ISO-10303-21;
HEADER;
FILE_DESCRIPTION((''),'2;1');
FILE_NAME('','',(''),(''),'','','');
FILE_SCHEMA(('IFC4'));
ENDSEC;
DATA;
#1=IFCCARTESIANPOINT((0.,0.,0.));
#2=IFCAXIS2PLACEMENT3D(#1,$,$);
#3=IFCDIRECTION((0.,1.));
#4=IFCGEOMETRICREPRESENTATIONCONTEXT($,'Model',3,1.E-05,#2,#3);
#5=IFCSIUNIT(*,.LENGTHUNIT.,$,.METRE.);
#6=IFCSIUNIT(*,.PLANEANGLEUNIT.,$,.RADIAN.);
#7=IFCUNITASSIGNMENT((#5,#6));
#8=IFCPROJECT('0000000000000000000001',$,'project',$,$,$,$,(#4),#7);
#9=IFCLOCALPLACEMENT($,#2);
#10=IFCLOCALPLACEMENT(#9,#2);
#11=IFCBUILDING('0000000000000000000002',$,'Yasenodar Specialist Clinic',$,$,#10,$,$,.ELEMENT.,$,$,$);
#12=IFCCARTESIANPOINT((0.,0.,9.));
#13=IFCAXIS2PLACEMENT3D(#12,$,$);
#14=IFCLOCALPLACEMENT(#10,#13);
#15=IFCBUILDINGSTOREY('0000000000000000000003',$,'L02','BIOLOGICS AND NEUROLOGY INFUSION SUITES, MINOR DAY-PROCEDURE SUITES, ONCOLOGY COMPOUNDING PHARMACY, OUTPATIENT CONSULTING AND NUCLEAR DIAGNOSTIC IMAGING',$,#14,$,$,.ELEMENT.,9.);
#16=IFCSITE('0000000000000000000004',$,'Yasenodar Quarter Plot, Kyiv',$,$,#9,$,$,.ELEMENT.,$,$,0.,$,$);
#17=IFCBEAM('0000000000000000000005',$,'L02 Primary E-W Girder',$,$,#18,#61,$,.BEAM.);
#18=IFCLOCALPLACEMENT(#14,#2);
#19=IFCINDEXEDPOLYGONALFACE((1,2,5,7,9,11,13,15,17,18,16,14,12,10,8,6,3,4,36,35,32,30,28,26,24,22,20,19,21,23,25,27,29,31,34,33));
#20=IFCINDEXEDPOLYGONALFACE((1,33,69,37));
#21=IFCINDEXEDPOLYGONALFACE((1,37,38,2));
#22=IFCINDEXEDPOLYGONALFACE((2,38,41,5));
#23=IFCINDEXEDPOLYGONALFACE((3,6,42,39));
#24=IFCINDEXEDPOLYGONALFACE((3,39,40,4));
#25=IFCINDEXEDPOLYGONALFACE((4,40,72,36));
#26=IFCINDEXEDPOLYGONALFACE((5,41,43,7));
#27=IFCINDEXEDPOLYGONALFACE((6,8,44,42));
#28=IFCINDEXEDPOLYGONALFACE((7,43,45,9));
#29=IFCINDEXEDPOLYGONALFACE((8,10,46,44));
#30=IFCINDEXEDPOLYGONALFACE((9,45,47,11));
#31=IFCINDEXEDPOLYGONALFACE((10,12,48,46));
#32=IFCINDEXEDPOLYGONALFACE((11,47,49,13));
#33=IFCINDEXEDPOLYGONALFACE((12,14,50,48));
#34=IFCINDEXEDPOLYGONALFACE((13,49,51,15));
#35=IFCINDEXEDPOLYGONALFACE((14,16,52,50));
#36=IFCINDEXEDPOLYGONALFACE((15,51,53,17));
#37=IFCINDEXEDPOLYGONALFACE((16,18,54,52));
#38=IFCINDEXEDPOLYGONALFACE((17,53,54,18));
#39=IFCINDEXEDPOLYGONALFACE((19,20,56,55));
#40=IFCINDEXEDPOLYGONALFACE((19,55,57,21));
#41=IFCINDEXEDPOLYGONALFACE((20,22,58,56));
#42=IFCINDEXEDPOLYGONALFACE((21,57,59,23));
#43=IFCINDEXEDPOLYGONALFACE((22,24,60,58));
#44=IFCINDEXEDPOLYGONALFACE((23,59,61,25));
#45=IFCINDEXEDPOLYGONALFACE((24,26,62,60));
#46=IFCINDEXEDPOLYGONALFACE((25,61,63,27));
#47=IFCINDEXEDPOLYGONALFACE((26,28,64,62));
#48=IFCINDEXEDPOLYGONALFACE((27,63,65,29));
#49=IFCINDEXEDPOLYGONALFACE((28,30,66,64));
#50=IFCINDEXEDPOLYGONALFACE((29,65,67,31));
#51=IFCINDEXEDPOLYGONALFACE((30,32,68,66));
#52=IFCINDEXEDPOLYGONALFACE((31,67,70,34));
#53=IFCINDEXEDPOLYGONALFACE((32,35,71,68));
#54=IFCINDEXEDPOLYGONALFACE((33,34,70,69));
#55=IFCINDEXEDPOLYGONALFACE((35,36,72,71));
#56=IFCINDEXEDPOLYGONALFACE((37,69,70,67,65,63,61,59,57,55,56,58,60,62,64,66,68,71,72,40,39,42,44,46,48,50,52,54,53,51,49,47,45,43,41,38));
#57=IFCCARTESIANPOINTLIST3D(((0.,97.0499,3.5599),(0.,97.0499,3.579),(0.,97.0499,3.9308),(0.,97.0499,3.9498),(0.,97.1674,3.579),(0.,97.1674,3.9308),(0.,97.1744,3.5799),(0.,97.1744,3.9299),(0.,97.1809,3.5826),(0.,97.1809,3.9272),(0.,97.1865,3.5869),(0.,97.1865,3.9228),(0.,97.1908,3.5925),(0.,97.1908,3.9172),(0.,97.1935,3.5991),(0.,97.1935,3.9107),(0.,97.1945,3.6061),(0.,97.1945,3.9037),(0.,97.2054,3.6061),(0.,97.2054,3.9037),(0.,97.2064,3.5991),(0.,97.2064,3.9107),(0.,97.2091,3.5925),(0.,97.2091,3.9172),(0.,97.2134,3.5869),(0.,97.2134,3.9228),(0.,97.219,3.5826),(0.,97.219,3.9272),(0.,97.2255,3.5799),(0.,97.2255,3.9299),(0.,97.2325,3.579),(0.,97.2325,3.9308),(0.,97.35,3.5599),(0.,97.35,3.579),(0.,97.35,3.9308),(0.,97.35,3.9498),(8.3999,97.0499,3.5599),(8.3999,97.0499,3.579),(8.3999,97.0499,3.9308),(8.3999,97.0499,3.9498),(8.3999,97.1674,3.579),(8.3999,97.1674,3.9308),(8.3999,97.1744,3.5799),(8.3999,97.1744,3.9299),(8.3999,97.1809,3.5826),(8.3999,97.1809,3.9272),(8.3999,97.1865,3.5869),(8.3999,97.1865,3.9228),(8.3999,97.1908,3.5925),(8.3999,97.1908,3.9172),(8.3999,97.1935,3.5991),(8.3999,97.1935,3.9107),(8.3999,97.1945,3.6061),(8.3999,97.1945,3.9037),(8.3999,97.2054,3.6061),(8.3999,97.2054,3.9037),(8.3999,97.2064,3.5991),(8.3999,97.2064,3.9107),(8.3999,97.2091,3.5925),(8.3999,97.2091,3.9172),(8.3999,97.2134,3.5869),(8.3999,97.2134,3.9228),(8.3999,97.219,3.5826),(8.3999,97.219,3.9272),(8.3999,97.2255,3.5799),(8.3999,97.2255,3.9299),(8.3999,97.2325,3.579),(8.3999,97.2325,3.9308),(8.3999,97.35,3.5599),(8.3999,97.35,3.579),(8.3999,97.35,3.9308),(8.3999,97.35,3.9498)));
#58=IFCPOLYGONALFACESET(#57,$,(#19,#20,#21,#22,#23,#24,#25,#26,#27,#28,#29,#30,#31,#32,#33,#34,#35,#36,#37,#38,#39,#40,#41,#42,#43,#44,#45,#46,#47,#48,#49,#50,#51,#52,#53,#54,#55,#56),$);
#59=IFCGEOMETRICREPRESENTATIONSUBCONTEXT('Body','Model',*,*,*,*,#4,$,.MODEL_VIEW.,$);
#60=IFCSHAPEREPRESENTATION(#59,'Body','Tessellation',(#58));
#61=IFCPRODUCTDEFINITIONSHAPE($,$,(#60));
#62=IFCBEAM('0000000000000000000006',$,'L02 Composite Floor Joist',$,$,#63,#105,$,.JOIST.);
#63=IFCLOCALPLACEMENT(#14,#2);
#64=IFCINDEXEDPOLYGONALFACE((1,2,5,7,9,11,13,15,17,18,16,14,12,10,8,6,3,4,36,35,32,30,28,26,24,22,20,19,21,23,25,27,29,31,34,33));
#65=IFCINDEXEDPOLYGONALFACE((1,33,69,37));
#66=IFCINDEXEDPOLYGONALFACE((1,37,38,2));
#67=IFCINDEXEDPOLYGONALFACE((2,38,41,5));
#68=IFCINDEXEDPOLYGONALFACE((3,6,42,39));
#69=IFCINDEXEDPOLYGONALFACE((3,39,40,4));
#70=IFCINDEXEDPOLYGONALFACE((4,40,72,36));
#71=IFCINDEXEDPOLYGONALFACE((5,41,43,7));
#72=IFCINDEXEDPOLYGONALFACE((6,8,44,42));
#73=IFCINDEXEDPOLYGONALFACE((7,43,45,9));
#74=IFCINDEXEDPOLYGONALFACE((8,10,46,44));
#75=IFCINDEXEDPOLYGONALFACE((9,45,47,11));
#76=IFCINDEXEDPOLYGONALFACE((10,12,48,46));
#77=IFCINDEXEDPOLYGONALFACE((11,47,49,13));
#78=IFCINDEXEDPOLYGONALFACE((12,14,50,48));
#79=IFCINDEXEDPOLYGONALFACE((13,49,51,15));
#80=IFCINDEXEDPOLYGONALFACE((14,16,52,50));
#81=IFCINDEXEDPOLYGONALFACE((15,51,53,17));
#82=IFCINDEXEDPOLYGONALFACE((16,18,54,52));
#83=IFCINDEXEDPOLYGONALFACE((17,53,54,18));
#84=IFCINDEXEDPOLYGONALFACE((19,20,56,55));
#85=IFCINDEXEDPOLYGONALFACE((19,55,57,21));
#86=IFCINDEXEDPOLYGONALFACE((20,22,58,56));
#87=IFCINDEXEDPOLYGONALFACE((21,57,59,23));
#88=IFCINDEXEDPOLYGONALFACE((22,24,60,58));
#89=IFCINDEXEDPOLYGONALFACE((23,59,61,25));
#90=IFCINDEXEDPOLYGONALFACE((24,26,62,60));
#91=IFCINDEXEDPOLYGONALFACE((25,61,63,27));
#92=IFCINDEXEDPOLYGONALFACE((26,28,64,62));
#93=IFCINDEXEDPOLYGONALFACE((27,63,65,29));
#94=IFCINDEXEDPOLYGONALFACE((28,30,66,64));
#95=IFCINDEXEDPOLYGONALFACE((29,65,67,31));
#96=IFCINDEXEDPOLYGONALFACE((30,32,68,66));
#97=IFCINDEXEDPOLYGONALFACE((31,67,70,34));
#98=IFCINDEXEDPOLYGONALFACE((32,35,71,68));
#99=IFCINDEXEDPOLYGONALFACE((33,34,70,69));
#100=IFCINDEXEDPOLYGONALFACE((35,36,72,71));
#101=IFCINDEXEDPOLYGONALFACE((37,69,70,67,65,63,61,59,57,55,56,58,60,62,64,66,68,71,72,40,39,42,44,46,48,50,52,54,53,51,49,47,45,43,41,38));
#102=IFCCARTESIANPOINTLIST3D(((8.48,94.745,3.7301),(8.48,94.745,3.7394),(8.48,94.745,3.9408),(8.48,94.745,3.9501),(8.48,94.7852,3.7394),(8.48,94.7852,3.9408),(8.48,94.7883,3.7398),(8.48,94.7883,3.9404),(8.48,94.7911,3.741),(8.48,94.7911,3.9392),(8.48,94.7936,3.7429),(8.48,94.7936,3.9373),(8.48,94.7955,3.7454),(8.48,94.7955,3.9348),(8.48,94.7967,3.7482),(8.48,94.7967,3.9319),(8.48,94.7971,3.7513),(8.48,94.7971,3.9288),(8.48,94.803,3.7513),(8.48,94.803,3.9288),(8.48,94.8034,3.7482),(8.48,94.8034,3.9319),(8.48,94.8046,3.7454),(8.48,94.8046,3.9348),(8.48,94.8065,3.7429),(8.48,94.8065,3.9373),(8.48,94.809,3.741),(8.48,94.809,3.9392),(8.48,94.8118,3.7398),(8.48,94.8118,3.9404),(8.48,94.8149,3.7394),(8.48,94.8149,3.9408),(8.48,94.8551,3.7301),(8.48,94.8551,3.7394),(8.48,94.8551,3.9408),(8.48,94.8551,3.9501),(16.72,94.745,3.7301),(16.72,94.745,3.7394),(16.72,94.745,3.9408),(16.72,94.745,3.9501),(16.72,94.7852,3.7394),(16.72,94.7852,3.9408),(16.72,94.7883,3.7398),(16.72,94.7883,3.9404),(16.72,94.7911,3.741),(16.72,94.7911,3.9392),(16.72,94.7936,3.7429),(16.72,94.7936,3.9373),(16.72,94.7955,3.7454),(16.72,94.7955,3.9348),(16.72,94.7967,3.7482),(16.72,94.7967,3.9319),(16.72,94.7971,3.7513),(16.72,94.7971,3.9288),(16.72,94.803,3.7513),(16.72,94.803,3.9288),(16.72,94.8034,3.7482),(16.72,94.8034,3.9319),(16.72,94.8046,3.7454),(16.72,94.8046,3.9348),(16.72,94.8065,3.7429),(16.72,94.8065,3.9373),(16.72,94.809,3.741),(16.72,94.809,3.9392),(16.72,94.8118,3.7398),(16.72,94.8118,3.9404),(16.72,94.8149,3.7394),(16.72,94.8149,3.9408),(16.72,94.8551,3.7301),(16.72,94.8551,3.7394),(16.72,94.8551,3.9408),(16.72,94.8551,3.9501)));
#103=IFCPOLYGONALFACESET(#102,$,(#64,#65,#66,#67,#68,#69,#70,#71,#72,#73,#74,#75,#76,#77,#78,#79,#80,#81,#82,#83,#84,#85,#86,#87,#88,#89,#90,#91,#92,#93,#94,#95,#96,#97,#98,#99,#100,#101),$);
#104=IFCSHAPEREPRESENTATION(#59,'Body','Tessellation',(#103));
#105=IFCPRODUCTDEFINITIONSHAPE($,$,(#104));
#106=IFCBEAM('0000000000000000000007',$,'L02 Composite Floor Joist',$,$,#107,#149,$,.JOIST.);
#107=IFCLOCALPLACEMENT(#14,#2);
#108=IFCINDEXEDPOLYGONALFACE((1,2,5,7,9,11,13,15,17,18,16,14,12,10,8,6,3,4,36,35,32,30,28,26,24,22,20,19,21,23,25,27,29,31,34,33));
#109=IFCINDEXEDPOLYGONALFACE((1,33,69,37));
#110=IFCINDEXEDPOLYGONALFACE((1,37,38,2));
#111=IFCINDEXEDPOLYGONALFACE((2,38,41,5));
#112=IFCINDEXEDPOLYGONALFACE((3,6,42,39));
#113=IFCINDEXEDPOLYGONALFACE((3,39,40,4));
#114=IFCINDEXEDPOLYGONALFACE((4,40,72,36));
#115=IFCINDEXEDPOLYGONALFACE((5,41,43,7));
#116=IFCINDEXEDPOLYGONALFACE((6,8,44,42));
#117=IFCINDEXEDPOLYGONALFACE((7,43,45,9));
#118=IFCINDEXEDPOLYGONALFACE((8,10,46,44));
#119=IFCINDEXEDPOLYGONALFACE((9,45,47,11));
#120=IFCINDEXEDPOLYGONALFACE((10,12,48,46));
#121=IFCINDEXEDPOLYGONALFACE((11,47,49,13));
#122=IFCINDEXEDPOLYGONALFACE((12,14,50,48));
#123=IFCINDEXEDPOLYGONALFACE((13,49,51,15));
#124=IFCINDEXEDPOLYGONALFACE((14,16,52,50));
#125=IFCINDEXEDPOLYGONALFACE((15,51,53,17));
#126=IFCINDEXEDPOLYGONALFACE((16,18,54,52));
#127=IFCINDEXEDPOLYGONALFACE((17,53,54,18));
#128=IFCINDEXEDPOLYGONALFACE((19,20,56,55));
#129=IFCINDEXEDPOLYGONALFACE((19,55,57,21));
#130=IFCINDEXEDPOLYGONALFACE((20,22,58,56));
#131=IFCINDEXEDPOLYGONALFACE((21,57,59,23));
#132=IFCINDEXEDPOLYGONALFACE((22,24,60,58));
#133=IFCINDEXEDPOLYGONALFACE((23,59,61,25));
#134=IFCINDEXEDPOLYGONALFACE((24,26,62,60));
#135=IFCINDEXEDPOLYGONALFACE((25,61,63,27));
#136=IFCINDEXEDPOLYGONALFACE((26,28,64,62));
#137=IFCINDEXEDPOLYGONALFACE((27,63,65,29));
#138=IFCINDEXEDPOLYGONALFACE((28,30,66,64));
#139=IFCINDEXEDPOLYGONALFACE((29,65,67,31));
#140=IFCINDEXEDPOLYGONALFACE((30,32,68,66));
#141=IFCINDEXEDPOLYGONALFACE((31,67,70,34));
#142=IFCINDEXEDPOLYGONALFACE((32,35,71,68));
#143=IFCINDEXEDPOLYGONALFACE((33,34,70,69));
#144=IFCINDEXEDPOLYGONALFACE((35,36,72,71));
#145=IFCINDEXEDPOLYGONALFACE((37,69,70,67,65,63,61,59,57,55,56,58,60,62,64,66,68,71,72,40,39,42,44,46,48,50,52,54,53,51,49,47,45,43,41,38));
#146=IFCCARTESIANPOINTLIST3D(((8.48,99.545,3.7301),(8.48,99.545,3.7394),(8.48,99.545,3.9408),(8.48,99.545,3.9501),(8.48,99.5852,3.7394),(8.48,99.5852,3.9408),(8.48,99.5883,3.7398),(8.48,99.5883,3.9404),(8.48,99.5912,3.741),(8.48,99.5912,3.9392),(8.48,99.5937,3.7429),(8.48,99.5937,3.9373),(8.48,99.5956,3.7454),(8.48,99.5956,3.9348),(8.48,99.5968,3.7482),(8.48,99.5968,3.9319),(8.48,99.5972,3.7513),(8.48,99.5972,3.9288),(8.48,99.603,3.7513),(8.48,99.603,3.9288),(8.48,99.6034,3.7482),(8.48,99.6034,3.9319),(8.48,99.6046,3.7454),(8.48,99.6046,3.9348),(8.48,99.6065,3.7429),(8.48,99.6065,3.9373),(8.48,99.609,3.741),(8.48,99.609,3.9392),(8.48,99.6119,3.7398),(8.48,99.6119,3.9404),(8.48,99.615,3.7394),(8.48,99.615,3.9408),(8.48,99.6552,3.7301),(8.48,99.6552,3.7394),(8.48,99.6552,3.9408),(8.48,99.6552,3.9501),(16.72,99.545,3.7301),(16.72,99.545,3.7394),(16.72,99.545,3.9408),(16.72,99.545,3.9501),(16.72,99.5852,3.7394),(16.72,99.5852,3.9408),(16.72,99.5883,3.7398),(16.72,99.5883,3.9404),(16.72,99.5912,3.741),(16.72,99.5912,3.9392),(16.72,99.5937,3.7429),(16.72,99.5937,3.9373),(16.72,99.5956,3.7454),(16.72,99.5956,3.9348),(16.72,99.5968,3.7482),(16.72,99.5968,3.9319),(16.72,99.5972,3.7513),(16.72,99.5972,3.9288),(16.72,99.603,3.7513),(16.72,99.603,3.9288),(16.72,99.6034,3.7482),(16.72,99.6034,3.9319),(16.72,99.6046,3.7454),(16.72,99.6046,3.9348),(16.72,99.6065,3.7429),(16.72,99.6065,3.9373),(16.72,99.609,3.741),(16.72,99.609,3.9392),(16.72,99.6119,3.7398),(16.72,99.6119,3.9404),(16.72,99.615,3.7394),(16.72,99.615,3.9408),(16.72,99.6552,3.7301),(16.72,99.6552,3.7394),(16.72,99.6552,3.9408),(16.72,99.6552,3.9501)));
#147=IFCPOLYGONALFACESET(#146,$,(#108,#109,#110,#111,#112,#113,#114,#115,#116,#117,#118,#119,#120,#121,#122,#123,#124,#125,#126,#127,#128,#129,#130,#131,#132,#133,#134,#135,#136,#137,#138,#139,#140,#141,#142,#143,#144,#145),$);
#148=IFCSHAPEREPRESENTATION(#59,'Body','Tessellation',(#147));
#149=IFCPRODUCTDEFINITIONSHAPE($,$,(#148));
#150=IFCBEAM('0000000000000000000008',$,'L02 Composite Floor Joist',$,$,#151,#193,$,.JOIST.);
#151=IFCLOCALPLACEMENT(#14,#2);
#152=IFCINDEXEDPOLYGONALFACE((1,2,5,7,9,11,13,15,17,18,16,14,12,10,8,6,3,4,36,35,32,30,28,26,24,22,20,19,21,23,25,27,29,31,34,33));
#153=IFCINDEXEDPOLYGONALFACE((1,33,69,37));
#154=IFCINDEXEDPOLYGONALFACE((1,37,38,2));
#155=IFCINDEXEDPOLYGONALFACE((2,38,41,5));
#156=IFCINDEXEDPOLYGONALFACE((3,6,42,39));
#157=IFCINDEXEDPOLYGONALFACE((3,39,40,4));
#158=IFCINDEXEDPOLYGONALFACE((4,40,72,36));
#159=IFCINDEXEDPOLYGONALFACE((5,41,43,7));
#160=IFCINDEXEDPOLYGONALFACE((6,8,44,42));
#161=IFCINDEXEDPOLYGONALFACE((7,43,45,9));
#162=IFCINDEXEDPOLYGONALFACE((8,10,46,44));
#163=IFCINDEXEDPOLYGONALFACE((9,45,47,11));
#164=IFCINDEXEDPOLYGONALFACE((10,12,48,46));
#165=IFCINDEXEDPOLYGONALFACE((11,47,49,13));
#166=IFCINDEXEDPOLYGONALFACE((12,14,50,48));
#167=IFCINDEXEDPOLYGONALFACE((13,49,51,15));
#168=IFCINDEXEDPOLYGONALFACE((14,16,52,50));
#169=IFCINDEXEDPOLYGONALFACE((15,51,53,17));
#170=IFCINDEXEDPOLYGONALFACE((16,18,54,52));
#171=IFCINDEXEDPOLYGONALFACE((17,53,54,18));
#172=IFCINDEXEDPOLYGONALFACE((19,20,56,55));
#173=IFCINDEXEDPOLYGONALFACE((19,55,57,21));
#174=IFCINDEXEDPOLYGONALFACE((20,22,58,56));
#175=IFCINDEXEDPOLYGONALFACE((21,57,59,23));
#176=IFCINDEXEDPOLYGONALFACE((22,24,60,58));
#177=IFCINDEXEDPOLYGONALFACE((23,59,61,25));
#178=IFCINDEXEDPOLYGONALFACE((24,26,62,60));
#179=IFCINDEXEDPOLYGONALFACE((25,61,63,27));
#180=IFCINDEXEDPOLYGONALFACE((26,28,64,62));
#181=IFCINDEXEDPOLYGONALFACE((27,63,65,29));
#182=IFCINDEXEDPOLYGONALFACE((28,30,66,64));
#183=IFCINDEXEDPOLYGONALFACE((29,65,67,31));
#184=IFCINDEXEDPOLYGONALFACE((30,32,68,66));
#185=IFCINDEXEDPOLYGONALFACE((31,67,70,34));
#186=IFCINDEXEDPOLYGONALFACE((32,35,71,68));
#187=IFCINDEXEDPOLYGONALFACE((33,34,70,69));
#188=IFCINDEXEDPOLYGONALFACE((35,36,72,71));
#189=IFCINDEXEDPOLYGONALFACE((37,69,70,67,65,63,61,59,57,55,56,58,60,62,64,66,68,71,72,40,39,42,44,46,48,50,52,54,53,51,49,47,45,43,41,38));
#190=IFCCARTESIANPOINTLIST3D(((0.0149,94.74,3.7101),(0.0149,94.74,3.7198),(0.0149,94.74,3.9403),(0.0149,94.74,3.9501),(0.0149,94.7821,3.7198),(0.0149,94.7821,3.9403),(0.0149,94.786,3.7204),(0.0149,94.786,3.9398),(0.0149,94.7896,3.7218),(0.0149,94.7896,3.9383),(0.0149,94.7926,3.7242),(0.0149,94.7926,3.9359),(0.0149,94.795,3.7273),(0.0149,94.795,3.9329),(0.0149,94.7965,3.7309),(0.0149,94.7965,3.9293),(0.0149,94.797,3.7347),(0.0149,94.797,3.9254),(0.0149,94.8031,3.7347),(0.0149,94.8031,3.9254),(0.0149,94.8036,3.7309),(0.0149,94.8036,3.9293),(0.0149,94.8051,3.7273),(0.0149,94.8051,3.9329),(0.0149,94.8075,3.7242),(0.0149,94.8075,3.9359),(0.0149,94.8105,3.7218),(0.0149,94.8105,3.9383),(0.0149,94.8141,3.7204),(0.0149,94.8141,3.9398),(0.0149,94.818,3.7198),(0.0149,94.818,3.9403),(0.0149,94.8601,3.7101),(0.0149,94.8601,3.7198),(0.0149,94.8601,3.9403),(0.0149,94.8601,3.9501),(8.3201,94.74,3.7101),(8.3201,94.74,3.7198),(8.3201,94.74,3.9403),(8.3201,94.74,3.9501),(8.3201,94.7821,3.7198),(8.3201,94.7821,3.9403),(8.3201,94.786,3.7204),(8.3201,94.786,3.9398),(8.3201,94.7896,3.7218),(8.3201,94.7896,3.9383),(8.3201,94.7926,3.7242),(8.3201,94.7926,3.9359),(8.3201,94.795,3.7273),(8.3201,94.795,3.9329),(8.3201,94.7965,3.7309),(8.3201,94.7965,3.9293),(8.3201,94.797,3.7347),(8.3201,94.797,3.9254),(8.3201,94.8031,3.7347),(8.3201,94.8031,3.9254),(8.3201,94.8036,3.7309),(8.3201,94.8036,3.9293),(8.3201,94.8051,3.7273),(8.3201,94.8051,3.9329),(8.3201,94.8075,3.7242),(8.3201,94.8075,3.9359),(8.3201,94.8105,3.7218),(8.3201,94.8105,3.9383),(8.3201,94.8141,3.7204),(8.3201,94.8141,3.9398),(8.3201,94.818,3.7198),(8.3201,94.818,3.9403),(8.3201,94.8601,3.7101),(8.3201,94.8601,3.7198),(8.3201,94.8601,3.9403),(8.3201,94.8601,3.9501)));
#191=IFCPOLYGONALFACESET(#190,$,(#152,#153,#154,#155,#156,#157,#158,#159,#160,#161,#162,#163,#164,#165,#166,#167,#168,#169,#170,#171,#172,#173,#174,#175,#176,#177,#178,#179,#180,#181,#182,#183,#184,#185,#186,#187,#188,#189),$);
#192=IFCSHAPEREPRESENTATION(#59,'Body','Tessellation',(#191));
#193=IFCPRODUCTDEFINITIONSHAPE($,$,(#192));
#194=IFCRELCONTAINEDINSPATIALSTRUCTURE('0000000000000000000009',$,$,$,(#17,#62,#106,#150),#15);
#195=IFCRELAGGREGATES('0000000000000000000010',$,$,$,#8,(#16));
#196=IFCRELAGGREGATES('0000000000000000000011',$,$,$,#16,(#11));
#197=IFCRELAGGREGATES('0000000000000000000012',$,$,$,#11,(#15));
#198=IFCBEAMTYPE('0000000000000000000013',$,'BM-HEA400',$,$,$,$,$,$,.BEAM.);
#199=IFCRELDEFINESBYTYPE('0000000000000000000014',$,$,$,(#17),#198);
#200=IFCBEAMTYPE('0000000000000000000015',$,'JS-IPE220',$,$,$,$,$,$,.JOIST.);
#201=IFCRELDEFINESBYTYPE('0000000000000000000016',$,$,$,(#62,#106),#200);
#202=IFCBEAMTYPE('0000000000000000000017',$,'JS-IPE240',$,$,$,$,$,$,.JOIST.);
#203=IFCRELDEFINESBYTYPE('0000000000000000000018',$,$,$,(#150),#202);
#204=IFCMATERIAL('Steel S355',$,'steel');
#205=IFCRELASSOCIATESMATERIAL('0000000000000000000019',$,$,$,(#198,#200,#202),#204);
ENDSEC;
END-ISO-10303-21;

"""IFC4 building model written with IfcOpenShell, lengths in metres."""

from ifc_helpers import new_model, si_unit, direction, frame, origin, origin_2d, place, context, subcontext, project, spatial, i_section, extrude, material, material_profile, profile_set, type_object, element, save


model = new_model("IFC4")

# Units and contexts
model_context = context("Model", 3, precision=1e-05, world=origin(), true_north=direction((0.0, 1.0)))
body_context = subcontext(model_context, "Body", "Model", "MODEL_VIEW")
ifc_project = project(units=[si_unit("LENGTHUNIT", "METRE"), si_unit("PLANEANGLEUNIT", "RADIAN")], contexts=[model_context])

# Site, building, storey
site_placement = place(None, origin())
site = spatial("IfcSite", under=ifc_project, at=site_placement, Name="Yasenodar Quarter Plot, Kyiv", CompositionType="ELEMENT", RefElevation=0.0)
building_placement = place(site_placement, origin())
building = spatial("IfcBuilding", under=site, at=building_placement, Name="Yasenodar Specialist Clinic", CompositionType="ELEMENT")
storey_placement = place(building_placement, frame((0.0, 0.0, 9.0)))
storey = spatial("IfcBuildingStorey", under=building, at=storey_placement, Name="L02", Description="BIOLOGICS AND NEUROLOGY INFUSION SUITES, MINOR DAY-PROCEDURE SUITES, ONCOLOGY COMPOUNDING PHARMACY, OUTPATIENT CONSULTING AND NUCLEAR DIAGNOSTIC IMAGING", CompositionType="ELEMENT", Elevation=9.0)

# Shared definitions
ifc_material_1 = material(Name="Steel S355", Category="steel")

# Beams
ifc_material_profile_1 = material_profile(ifc_material_1, i_section(OverallWidth=0.3, OverallDepth=0.3899, WebThickness=0.011, FlangeThickness=0.019, FilletRadius=0.0271, at=origin_2d()), Name="HEA 400")
ifc_profile_set_1 = profile_set([ifc_material_profile_1], Name="Steel S355")
beam_type_1 = type_object("IfcBeamType", Name="BM-HEA400", PredefinedType="BEAM", material=ifc_profile_set_1)
beam_1_placement = place(storey_placement, frame((0.0, 97.2, 3.7549), z_axis=(1.0, 0.0, 0.0), x_axis=(0.0, 1.0, 0.0)))
element("IfcBeam", 1, at=beam_1_placement, inside=storey, type_object=beam_type_1, Name="L02 Primary E-W Girder", PredefinedType="BEAM", context=body_context, shape_type="SweptSolid", body=[
    extrude(i_section(OverallWidth=0.3, OverallDepth=0.3899, WebThickness=0.011, FlangeThickness=0.019, FilletRadius=0.0271, at=origin_2d()), origin(), (0.0, 0.0, 1.0), 8.3999),
])
ifc_material_profile_2 = material_profile(ifc_material_1, i_section(OverallWidth=0.1101, OverallDepth=0.22, WebThickness=0.0059, FlangeThickness=0.0093, FilletRadius=0.012, at=origin_2d()), Name="IPE 220")
ifc_profile_set_2 = profile_set([ifc_material_profile_2], Name="Steel S355")
beam_type_2 = type_object("IfcBeamType", Name="JS-IPE220", PredefinedType="JOIST", material=ifc_profile_set_2)
for number, where, z_axis, x_axis, name in (
    (2, (8.48, 94.8, 3.8401), (1.0, 0.0, 0.0), (0.0, 1.0, 0.0), "L02 Composite Floor Joist"),
    (3, (8.48, 99.6001, 3.8401), (1.0, 0.0, 0.0), (0.0, 1.0, 0.0), "L02 Composite Floor Joist"),
):
    element("IfcBeam", number, at=place(storey_placement, frame(where, z_axis=z_axis, x_axis=x_axis)), inside=storey, type_object=beam_type_2, Name=name, PredefinedType="JOIST", context=body_context, shape_type="SweptSolid", body=[
        extrude(i_section(OverallWidth=0.1101, OverallDepth=0.22, WebThickness=0.0059, FlangeThickness=0.0093, FilletRadius=0.012, at=origin_2d()), origin(), (0.0, 0.0, 1.0), 8.24),
    ])
ifc_material_profile_3 = material_profile(ifc_material_1, i_section(OverallWidth=0.1201, OverallDepth=0.24, WebThickness=0.0061, FlangeThickness=0.0098, FilletRadius=0.0149, at=origin_2d()), Name="IPE 240")
ifc_profile_set_3 = profile_set([ifc_material_profile_3], Name="Steel S355")
beam_type_3 = type_object("IfcBeamType", Name="JS-IPE240", PredefinedType="JOIST", material=ifc_profile_set_3)
for number, where, z_axis, x_axis, name in (
    (4, (0.0149, 94.8, 3.8301), (1.0, 0.0, 0.0), (0.0, 1.0, 0.0), "L02 Composite Floor Joist"),
):
    element("IfcBeam", number, at=place(storey_placement, frame(where, z_axis=z_axis, x_axis=x_axis)), inside=storey, type_object=beam_type_3, Name=name, PredefinedType="JOIST", context=body_context, shape_type="SweptSolid", body=[
        extrude(i_section(OverallWidth=0.1201, OverallDepth=0.24, WebThickness=0.0061, FlangeThickness=0.0098, FilletRadius=0.0149, at=origin_2d()), origin(), (0.0, 0.0, 1.0), 8.3052),
    ])

save(model, "model.ifc")
